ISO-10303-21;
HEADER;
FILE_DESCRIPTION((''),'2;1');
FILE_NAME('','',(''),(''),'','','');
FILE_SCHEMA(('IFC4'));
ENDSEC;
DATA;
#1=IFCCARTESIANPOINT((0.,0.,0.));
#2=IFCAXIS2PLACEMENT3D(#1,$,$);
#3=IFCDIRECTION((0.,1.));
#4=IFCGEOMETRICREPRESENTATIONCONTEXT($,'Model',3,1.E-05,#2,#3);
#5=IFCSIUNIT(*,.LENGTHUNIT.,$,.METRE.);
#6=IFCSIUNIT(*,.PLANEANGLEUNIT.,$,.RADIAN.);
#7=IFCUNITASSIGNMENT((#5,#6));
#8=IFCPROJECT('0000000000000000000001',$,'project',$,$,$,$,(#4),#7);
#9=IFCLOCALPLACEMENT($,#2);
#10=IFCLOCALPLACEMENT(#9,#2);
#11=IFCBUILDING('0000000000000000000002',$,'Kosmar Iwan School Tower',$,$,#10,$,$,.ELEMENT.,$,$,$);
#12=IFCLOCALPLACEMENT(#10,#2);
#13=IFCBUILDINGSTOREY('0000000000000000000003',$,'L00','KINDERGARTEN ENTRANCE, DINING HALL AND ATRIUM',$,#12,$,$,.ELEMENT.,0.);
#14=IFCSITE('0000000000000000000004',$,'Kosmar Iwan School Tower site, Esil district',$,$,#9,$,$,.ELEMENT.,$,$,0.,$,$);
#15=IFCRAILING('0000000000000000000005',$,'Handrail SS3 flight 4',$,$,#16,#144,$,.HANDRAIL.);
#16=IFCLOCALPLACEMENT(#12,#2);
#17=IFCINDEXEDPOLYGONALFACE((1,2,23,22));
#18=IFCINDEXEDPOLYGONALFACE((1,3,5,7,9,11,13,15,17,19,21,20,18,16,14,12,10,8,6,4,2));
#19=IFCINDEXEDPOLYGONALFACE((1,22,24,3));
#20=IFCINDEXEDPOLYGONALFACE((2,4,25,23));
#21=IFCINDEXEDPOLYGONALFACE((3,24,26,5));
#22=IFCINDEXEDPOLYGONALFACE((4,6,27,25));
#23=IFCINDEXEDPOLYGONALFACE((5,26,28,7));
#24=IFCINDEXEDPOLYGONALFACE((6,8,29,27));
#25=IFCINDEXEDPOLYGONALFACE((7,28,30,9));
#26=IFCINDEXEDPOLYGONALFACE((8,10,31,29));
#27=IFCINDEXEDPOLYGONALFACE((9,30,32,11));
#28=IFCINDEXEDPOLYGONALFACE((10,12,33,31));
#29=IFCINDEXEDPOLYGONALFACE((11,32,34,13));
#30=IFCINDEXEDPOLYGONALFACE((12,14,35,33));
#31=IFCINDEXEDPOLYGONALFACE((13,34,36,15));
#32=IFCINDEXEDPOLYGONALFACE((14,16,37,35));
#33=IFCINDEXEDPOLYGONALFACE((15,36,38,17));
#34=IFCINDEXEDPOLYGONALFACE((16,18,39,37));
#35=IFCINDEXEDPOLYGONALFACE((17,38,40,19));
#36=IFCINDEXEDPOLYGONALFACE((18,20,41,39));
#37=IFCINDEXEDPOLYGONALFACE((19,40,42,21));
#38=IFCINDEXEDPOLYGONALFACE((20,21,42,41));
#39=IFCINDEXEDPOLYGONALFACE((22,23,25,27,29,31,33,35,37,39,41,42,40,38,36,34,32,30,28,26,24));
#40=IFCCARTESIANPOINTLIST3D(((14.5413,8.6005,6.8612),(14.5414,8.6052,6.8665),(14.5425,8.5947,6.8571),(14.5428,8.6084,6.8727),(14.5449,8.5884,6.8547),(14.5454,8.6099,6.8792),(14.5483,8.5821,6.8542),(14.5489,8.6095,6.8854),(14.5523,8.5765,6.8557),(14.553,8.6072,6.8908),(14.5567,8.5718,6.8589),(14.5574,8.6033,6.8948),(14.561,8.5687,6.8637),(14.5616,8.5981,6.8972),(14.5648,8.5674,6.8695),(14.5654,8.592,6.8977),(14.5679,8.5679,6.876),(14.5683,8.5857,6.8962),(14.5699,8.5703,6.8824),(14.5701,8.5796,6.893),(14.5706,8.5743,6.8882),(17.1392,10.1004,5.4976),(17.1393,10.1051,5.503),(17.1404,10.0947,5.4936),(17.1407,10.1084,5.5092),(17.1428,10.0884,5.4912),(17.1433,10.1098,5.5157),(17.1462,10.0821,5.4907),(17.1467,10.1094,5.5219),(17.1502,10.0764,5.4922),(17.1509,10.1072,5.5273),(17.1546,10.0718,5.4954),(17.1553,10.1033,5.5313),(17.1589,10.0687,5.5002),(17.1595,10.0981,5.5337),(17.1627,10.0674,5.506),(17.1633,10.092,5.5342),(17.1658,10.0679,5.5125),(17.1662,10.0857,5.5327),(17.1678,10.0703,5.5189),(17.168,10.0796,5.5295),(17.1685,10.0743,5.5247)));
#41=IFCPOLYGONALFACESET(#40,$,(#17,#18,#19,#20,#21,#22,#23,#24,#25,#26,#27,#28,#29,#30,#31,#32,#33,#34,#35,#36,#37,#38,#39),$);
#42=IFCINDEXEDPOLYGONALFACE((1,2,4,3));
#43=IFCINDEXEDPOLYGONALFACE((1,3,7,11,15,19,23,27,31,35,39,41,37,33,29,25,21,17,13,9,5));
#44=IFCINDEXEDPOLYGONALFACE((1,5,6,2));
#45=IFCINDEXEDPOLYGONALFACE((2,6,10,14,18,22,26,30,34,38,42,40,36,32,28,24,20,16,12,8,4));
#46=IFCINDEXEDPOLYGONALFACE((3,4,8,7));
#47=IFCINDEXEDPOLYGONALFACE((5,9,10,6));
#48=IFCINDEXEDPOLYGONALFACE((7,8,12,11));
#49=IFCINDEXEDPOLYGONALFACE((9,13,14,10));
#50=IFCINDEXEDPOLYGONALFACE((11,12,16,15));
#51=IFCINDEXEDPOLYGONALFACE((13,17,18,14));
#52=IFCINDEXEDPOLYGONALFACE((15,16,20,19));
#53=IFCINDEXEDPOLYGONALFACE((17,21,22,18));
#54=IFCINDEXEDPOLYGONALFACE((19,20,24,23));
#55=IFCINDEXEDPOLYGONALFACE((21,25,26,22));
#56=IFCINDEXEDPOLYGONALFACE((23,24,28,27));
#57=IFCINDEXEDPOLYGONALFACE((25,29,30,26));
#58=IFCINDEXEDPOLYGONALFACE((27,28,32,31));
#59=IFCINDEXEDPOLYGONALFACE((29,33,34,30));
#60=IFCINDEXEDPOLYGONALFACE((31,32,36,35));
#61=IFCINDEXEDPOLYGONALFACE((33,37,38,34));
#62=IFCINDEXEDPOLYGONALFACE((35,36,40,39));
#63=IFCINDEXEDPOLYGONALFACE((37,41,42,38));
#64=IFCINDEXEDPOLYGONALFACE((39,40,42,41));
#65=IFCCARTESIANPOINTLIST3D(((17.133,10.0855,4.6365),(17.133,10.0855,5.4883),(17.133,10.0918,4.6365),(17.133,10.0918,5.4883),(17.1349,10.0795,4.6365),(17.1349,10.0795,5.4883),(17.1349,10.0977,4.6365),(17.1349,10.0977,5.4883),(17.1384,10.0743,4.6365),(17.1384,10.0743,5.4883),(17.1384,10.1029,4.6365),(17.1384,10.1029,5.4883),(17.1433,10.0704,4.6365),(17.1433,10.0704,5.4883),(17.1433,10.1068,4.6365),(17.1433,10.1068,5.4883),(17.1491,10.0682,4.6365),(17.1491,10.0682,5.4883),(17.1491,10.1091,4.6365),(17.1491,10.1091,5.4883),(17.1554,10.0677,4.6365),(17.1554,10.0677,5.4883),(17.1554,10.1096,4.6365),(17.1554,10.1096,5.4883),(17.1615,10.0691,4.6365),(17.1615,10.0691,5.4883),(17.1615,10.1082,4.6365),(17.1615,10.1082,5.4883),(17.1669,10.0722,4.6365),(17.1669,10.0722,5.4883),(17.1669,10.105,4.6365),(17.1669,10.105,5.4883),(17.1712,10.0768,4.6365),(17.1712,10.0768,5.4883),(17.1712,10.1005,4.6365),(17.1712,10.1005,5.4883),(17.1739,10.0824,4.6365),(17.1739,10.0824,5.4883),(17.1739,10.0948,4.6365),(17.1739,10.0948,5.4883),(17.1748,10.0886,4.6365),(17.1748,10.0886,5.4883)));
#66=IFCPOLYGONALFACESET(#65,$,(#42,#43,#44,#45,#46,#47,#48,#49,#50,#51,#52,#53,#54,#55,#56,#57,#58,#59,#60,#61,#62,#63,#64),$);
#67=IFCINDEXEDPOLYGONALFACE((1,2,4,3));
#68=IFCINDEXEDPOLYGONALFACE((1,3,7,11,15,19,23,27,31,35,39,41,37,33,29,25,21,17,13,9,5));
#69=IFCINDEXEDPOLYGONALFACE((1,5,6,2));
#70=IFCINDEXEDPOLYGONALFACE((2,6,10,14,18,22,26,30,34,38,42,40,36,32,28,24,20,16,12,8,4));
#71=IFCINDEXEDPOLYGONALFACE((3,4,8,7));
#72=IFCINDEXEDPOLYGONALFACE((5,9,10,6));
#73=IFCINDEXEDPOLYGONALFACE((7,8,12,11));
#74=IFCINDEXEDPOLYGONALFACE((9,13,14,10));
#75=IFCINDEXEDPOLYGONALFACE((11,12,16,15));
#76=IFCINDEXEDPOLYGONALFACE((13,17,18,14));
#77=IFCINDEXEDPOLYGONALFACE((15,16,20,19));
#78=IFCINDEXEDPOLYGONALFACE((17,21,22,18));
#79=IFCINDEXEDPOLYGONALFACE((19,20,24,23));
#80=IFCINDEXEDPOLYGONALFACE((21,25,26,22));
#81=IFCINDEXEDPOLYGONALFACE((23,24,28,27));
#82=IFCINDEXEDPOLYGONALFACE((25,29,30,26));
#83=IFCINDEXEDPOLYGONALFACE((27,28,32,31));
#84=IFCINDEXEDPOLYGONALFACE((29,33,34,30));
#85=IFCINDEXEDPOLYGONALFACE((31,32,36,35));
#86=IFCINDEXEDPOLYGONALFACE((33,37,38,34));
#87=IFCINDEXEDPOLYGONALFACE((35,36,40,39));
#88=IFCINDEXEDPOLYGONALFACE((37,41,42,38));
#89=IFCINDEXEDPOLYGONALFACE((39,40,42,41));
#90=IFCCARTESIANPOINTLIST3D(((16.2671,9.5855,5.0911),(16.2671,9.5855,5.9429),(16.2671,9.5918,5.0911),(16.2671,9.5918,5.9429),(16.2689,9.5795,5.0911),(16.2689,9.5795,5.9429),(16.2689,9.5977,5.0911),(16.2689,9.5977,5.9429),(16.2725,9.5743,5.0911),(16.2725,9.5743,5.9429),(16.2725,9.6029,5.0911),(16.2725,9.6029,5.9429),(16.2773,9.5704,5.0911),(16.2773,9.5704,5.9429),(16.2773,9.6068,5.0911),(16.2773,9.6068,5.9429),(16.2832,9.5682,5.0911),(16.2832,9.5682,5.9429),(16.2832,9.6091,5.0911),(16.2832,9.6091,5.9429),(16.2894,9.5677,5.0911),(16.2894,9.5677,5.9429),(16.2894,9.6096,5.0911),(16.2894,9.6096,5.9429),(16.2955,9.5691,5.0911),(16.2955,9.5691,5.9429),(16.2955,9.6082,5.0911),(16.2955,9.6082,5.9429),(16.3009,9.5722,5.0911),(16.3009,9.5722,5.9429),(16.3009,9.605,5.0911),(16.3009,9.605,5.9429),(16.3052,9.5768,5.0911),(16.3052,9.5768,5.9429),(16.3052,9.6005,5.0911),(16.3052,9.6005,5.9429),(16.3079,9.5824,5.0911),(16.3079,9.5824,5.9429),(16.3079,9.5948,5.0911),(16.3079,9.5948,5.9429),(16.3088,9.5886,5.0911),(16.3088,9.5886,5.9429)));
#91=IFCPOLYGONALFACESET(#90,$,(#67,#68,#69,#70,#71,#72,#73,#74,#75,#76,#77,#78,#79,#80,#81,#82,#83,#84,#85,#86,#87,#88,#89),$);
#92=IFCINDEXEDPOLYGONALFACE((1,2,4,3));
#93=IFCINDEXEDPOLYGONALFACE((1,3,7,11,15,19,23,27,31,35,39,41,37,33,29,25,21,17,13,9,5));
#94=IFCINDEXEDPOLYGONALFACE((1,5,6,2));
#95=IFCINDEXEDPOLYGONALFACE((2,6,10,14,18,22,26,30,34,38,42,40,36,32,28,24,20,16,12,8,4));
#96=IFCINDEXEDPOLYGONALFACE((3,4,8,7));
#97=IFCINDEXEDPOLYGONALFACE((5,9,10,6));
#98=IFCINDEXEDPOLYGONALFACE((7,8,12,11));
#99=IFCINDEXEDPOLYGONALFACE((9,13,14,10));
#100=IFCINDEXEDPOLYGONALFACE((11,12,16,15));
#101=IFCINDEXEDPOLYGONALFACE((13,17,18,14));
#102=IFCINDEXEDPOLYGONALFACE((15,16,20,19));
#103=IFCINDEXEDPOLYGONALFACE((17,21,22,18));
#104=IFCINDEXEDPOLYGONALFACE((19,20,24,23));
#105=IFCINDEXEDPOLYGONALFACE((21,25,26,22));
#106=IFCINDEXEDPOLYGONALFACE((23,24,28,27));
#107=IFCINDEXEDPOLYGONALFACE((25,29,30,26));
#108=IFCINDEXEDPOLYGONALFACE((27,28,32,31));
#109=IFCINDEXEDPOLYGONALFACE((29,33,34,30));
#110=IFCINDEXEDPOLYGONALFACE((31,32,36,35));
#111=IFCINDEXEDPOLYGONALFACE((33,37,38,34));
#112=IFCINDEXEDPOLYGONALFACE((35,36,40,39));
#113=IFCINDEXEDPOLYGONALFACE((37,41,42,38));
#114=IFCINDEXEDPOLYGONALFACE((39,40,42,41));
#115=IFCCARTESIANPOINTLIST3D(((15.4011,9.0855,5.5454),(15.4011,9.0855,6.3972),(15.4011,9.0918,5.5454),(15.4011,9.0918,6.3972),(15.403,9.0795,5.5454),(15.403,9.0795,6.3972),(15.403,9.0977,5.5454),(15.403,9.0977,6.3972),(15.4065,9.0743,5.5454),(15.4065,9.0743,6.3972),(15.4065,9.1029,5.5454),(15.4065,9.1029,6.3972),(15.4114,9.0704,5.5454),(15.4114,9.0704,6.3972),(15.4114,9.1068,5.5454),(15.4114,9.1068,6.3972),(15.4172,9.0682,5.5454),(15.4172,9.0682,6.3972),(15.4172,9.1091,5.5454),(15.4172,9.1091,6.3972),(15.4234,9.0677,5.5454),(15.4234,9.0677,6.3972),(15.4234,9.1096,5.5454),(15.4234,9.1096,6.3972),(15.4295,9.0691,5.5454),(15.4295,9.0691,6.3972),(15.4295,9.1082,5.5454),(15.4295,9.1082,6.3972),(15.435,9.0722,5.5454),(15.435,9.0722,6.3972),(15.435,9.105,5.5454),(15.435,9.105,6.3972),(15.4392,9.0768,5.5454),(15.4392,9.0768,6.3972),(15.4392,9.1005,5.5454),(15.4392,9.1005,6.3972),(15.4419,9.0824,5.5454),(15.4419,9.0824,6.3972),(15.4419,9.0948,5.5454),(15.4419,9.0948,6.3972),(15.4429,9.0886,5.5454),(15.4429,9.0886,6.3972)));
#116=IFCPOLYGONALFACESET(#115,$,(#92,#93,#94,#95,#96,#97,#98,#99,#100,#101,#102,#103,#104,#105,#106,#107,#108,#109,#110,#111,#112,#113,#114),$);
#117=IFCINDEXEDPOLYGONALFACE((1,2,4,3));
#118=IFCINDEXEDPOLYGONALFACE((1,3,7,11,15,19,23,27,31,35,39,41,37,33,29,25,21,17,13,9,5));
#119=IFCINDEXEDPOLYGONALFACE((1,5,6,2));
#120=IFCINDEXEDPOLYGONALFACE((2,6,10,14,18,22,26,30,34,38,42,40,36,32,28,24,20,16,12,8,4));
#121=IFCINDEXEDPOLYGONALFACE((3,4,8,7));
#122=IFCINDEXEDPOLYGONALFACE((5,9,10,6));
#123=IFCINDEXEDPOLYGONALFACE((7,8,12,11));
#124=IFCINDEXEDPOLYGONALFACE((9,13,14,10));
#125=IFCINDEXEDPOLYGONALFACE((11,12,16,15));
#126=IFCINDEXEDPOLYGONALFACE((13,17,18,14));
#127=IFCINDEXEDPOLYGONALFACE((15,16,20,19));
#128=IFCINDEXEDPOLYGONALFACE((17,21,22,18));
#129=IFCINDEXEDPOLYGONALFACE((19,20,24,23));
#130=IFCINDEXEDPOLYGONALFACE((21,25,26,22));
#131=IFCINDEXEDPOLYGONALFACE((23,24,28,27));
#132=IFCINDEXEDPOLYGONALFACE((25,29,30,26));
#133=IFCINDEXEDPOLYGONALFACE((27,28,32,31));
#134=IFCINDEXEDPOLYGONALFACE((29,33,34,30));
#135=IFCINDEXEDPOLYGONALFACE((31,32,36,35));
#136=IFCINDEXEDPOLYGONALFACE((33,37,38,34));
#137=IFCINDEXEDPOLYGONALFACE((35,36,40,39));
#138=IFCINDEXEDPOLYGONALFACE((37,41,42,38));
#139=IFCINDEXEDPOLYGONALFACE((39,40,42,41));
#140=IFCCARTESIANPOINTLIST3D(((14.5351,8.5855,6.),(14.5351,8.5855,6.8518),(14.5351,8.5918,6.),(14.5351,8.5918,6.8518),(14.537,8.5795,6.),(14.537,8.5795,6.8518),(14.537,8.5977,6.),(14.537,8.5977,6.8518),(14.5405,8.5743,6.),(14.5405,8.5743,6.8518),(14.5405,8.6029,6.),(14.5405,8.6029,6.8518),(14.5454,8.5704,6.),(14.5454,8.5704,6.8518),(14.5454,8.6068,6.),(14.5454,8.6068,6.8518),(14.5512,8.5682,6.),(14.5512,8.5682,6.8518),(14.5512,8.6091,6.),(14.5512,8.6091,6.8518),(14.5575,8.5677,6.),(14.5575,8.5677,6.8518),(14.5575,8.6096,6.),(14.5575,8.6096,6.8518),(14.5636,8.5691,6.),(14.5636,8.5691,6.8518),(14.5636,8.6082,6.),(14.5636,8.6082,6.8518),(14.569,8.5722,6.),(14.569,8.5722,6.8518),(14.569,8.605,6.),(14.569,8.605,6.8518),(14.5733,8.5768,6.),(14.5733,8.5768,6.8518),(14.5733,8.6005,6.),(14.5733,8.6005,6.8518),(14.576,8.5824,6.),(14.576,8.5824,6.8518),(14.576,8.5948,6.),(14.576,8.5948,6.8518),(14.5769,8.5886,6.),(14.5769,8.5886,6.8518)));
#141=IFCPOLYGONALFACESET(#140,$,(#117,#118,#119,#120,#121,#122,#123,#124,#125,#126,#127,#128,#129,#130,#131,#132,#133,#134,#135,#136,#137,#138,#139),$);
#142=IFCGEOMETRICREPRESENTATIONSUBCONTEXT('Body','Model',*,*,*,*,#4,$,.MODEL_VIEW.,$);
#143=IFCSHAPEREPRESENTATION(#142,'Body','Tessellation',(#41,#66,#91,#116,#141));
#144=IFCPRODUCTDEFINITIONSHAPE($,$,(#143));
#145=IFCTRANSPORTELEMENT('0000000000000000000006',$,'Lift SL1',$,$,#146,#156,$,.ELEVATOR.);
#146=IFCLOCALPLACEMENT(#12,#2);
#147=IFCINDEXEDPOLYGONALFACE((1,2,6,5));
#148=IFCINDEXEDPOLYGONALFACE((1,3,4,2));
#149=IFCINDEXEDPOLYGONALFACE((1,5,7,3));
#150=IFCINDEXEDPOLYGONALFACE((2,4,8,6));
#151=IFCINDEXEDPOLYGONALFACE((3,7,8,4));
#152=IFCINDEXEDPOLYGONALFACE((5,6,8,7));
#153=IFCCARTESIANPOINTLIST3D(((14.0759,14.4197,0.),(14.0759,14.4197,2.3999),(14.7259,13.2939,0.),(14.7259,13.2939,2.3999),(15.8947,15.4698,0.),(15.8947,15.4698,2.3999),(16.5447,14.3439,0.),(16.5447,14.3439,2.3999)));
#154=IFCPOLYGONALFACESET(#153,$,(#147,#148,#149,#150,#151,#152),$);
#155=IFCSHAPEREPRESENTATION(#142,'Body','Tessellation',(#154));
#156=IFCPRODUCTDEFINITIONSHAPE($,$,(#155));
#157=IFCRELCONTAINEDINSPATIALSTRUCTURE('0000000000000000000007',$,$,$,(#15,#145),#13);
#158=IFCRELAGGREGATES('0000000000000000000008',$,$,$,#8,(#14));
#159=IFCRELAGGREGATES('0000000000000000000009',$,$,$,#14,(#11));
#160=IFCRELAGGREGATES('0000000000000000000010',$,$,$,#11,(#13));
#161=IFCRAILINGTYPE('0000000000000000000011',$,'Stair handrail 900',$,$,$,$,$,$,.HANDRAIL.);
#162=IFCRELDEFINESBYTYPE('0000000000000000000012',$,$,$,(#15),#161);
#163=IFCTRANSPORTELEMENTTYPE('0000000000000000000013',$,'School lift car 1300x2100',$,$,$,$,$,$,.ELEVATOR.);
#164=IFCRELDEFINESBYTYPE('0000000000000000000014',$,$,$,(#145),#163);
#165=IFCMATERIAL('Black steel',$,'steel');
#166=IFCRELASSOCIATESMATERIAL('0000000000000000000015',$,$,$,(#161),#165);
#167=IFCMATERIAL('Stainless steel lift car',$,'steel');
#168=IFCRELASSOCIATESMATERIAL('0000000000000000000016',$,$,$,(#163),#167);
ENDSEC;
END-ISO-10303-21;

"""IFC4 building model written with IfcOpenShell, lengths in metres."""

from ifc_helpers import new_model, si_unit, direction, frame, origin, origin_2d, place, context, subcontext, project, spatial, rectangle, circle, extrude, material, type_object, element, save


model = new_model("IFC4")

# Units and contexts
model_context = context("Model", 3, precision=1e-05, world=origin(), true_north=direction((0.0, 1.0)))
body_context = subcontext(model_context, "Body", "Model", "MODEL_VIEW")
ifc_project = project(units=[si_unit("LENGTHUNIT", "METRE"), si_unit("PLANEANGLEUNIT", "RADIAN")], contexts=[model_context])

# Site, building, storey
site_placement = place(None, origin())
site = spatial("IfcSite", under=ifc_project, at=site_placement, Name="Kosmar Iwan School Tower site, Esil district", CompositionType="ELEMENT", RefElevation=0.0)
building_placement = place(site_placement, origin())
building = spatial("IfcBuilding", under=site, at=building_placement, Name="Kosmar Iwan School Tower", CompositionType="ELEMENT")
storey_placement = place(building_placement, origin())
storey = spatial("IfcBuildingStorey", under=building, at=storey_placement, Name="L00", Description="KINDERGARTEN ENTRANCE, DINING HALL AND ATRIUM", CompositionType="ELEMENT", Elevation=0.0)

# Railing
ifc_material_1 = material(Name="Black steel", Category="steel")
railing_type = type_object("IfcRailingType", Name="Stair handrail 900", PredefinedType="HANDRAIL", material=ifc_material_1)
for number, where, name in (
    (1, (17.1538, 10.0886, 4.6365), "Handrail SS3 flight 4"),
):
    element("IfcRailing", number, at=place(storey_placement, frame(where)), inside=storey, type_object=railing_type, Name=name, PredefinedType="HANDRAIL", context=body_context, shape_type="SweptSolid", body=[
        extrude(circle(Radius=0.0239, at=origin_2d()), frame((0.0, 0.0, 0.876), z_axis=(-0.788391, -0.455209, 0.413792), x_axis=(0.500025, -0.866011, 0.0)), (0.0, 0.0, 1.0), 3.2952),
        extrude(circle(Radius=0.021, at=origin_2d()), origin(), (0.0, 0.0, 1.0), 0.8518),
        extrude(circle(Radius=0.021, at=origin_2d()), frame((-0.866, -0.5, 0.4546)), (0.0, 0.0, 1.0), 0.8518),
        extrude(circle(Radius=0.021, at=origin_2d()), frame((-1.7319, -1.0, 0.9089)), (0.0, 0.0, 1.0), 0.8518),
        extrude(circle(Radius=0.021, at=origin_2d()), frame((-2.5979, -1.5, 1.3635)), (0.0, 0.0, 1.0), 0.8518),
    ])

# Transport element
ifc_material_2 = material(Name="Stainless steel lift car", Category="steel")
transport_element_type = type_object("IfcTransportElementType", Name="School lift car 1300x2100", PredefinedType="ELEVATOR", material=ifc_material_2)
transport_element_placement = place(storey_placement, frame((15.3103, 14.3818, 0.0), z_axis=(0.0, 0.0, 1.0), x_axis=(0.866025, 0.5, 0.0)))
element("IfcTransportElement", 2, at=transport_element_placement, inside=storey, type_object=transport_element_type, Name="Lift SL1", PredefinedType="ELEVATOR", context=body_context, shape_type="SweptSolid", body=[
    extrude(rectangle(XDim=2.1001, YDim=1.3, at=origin_2d()), origin(), (0.0, 0.0, 1.0), 2.3999),
])

save(model, "model.ifc")
